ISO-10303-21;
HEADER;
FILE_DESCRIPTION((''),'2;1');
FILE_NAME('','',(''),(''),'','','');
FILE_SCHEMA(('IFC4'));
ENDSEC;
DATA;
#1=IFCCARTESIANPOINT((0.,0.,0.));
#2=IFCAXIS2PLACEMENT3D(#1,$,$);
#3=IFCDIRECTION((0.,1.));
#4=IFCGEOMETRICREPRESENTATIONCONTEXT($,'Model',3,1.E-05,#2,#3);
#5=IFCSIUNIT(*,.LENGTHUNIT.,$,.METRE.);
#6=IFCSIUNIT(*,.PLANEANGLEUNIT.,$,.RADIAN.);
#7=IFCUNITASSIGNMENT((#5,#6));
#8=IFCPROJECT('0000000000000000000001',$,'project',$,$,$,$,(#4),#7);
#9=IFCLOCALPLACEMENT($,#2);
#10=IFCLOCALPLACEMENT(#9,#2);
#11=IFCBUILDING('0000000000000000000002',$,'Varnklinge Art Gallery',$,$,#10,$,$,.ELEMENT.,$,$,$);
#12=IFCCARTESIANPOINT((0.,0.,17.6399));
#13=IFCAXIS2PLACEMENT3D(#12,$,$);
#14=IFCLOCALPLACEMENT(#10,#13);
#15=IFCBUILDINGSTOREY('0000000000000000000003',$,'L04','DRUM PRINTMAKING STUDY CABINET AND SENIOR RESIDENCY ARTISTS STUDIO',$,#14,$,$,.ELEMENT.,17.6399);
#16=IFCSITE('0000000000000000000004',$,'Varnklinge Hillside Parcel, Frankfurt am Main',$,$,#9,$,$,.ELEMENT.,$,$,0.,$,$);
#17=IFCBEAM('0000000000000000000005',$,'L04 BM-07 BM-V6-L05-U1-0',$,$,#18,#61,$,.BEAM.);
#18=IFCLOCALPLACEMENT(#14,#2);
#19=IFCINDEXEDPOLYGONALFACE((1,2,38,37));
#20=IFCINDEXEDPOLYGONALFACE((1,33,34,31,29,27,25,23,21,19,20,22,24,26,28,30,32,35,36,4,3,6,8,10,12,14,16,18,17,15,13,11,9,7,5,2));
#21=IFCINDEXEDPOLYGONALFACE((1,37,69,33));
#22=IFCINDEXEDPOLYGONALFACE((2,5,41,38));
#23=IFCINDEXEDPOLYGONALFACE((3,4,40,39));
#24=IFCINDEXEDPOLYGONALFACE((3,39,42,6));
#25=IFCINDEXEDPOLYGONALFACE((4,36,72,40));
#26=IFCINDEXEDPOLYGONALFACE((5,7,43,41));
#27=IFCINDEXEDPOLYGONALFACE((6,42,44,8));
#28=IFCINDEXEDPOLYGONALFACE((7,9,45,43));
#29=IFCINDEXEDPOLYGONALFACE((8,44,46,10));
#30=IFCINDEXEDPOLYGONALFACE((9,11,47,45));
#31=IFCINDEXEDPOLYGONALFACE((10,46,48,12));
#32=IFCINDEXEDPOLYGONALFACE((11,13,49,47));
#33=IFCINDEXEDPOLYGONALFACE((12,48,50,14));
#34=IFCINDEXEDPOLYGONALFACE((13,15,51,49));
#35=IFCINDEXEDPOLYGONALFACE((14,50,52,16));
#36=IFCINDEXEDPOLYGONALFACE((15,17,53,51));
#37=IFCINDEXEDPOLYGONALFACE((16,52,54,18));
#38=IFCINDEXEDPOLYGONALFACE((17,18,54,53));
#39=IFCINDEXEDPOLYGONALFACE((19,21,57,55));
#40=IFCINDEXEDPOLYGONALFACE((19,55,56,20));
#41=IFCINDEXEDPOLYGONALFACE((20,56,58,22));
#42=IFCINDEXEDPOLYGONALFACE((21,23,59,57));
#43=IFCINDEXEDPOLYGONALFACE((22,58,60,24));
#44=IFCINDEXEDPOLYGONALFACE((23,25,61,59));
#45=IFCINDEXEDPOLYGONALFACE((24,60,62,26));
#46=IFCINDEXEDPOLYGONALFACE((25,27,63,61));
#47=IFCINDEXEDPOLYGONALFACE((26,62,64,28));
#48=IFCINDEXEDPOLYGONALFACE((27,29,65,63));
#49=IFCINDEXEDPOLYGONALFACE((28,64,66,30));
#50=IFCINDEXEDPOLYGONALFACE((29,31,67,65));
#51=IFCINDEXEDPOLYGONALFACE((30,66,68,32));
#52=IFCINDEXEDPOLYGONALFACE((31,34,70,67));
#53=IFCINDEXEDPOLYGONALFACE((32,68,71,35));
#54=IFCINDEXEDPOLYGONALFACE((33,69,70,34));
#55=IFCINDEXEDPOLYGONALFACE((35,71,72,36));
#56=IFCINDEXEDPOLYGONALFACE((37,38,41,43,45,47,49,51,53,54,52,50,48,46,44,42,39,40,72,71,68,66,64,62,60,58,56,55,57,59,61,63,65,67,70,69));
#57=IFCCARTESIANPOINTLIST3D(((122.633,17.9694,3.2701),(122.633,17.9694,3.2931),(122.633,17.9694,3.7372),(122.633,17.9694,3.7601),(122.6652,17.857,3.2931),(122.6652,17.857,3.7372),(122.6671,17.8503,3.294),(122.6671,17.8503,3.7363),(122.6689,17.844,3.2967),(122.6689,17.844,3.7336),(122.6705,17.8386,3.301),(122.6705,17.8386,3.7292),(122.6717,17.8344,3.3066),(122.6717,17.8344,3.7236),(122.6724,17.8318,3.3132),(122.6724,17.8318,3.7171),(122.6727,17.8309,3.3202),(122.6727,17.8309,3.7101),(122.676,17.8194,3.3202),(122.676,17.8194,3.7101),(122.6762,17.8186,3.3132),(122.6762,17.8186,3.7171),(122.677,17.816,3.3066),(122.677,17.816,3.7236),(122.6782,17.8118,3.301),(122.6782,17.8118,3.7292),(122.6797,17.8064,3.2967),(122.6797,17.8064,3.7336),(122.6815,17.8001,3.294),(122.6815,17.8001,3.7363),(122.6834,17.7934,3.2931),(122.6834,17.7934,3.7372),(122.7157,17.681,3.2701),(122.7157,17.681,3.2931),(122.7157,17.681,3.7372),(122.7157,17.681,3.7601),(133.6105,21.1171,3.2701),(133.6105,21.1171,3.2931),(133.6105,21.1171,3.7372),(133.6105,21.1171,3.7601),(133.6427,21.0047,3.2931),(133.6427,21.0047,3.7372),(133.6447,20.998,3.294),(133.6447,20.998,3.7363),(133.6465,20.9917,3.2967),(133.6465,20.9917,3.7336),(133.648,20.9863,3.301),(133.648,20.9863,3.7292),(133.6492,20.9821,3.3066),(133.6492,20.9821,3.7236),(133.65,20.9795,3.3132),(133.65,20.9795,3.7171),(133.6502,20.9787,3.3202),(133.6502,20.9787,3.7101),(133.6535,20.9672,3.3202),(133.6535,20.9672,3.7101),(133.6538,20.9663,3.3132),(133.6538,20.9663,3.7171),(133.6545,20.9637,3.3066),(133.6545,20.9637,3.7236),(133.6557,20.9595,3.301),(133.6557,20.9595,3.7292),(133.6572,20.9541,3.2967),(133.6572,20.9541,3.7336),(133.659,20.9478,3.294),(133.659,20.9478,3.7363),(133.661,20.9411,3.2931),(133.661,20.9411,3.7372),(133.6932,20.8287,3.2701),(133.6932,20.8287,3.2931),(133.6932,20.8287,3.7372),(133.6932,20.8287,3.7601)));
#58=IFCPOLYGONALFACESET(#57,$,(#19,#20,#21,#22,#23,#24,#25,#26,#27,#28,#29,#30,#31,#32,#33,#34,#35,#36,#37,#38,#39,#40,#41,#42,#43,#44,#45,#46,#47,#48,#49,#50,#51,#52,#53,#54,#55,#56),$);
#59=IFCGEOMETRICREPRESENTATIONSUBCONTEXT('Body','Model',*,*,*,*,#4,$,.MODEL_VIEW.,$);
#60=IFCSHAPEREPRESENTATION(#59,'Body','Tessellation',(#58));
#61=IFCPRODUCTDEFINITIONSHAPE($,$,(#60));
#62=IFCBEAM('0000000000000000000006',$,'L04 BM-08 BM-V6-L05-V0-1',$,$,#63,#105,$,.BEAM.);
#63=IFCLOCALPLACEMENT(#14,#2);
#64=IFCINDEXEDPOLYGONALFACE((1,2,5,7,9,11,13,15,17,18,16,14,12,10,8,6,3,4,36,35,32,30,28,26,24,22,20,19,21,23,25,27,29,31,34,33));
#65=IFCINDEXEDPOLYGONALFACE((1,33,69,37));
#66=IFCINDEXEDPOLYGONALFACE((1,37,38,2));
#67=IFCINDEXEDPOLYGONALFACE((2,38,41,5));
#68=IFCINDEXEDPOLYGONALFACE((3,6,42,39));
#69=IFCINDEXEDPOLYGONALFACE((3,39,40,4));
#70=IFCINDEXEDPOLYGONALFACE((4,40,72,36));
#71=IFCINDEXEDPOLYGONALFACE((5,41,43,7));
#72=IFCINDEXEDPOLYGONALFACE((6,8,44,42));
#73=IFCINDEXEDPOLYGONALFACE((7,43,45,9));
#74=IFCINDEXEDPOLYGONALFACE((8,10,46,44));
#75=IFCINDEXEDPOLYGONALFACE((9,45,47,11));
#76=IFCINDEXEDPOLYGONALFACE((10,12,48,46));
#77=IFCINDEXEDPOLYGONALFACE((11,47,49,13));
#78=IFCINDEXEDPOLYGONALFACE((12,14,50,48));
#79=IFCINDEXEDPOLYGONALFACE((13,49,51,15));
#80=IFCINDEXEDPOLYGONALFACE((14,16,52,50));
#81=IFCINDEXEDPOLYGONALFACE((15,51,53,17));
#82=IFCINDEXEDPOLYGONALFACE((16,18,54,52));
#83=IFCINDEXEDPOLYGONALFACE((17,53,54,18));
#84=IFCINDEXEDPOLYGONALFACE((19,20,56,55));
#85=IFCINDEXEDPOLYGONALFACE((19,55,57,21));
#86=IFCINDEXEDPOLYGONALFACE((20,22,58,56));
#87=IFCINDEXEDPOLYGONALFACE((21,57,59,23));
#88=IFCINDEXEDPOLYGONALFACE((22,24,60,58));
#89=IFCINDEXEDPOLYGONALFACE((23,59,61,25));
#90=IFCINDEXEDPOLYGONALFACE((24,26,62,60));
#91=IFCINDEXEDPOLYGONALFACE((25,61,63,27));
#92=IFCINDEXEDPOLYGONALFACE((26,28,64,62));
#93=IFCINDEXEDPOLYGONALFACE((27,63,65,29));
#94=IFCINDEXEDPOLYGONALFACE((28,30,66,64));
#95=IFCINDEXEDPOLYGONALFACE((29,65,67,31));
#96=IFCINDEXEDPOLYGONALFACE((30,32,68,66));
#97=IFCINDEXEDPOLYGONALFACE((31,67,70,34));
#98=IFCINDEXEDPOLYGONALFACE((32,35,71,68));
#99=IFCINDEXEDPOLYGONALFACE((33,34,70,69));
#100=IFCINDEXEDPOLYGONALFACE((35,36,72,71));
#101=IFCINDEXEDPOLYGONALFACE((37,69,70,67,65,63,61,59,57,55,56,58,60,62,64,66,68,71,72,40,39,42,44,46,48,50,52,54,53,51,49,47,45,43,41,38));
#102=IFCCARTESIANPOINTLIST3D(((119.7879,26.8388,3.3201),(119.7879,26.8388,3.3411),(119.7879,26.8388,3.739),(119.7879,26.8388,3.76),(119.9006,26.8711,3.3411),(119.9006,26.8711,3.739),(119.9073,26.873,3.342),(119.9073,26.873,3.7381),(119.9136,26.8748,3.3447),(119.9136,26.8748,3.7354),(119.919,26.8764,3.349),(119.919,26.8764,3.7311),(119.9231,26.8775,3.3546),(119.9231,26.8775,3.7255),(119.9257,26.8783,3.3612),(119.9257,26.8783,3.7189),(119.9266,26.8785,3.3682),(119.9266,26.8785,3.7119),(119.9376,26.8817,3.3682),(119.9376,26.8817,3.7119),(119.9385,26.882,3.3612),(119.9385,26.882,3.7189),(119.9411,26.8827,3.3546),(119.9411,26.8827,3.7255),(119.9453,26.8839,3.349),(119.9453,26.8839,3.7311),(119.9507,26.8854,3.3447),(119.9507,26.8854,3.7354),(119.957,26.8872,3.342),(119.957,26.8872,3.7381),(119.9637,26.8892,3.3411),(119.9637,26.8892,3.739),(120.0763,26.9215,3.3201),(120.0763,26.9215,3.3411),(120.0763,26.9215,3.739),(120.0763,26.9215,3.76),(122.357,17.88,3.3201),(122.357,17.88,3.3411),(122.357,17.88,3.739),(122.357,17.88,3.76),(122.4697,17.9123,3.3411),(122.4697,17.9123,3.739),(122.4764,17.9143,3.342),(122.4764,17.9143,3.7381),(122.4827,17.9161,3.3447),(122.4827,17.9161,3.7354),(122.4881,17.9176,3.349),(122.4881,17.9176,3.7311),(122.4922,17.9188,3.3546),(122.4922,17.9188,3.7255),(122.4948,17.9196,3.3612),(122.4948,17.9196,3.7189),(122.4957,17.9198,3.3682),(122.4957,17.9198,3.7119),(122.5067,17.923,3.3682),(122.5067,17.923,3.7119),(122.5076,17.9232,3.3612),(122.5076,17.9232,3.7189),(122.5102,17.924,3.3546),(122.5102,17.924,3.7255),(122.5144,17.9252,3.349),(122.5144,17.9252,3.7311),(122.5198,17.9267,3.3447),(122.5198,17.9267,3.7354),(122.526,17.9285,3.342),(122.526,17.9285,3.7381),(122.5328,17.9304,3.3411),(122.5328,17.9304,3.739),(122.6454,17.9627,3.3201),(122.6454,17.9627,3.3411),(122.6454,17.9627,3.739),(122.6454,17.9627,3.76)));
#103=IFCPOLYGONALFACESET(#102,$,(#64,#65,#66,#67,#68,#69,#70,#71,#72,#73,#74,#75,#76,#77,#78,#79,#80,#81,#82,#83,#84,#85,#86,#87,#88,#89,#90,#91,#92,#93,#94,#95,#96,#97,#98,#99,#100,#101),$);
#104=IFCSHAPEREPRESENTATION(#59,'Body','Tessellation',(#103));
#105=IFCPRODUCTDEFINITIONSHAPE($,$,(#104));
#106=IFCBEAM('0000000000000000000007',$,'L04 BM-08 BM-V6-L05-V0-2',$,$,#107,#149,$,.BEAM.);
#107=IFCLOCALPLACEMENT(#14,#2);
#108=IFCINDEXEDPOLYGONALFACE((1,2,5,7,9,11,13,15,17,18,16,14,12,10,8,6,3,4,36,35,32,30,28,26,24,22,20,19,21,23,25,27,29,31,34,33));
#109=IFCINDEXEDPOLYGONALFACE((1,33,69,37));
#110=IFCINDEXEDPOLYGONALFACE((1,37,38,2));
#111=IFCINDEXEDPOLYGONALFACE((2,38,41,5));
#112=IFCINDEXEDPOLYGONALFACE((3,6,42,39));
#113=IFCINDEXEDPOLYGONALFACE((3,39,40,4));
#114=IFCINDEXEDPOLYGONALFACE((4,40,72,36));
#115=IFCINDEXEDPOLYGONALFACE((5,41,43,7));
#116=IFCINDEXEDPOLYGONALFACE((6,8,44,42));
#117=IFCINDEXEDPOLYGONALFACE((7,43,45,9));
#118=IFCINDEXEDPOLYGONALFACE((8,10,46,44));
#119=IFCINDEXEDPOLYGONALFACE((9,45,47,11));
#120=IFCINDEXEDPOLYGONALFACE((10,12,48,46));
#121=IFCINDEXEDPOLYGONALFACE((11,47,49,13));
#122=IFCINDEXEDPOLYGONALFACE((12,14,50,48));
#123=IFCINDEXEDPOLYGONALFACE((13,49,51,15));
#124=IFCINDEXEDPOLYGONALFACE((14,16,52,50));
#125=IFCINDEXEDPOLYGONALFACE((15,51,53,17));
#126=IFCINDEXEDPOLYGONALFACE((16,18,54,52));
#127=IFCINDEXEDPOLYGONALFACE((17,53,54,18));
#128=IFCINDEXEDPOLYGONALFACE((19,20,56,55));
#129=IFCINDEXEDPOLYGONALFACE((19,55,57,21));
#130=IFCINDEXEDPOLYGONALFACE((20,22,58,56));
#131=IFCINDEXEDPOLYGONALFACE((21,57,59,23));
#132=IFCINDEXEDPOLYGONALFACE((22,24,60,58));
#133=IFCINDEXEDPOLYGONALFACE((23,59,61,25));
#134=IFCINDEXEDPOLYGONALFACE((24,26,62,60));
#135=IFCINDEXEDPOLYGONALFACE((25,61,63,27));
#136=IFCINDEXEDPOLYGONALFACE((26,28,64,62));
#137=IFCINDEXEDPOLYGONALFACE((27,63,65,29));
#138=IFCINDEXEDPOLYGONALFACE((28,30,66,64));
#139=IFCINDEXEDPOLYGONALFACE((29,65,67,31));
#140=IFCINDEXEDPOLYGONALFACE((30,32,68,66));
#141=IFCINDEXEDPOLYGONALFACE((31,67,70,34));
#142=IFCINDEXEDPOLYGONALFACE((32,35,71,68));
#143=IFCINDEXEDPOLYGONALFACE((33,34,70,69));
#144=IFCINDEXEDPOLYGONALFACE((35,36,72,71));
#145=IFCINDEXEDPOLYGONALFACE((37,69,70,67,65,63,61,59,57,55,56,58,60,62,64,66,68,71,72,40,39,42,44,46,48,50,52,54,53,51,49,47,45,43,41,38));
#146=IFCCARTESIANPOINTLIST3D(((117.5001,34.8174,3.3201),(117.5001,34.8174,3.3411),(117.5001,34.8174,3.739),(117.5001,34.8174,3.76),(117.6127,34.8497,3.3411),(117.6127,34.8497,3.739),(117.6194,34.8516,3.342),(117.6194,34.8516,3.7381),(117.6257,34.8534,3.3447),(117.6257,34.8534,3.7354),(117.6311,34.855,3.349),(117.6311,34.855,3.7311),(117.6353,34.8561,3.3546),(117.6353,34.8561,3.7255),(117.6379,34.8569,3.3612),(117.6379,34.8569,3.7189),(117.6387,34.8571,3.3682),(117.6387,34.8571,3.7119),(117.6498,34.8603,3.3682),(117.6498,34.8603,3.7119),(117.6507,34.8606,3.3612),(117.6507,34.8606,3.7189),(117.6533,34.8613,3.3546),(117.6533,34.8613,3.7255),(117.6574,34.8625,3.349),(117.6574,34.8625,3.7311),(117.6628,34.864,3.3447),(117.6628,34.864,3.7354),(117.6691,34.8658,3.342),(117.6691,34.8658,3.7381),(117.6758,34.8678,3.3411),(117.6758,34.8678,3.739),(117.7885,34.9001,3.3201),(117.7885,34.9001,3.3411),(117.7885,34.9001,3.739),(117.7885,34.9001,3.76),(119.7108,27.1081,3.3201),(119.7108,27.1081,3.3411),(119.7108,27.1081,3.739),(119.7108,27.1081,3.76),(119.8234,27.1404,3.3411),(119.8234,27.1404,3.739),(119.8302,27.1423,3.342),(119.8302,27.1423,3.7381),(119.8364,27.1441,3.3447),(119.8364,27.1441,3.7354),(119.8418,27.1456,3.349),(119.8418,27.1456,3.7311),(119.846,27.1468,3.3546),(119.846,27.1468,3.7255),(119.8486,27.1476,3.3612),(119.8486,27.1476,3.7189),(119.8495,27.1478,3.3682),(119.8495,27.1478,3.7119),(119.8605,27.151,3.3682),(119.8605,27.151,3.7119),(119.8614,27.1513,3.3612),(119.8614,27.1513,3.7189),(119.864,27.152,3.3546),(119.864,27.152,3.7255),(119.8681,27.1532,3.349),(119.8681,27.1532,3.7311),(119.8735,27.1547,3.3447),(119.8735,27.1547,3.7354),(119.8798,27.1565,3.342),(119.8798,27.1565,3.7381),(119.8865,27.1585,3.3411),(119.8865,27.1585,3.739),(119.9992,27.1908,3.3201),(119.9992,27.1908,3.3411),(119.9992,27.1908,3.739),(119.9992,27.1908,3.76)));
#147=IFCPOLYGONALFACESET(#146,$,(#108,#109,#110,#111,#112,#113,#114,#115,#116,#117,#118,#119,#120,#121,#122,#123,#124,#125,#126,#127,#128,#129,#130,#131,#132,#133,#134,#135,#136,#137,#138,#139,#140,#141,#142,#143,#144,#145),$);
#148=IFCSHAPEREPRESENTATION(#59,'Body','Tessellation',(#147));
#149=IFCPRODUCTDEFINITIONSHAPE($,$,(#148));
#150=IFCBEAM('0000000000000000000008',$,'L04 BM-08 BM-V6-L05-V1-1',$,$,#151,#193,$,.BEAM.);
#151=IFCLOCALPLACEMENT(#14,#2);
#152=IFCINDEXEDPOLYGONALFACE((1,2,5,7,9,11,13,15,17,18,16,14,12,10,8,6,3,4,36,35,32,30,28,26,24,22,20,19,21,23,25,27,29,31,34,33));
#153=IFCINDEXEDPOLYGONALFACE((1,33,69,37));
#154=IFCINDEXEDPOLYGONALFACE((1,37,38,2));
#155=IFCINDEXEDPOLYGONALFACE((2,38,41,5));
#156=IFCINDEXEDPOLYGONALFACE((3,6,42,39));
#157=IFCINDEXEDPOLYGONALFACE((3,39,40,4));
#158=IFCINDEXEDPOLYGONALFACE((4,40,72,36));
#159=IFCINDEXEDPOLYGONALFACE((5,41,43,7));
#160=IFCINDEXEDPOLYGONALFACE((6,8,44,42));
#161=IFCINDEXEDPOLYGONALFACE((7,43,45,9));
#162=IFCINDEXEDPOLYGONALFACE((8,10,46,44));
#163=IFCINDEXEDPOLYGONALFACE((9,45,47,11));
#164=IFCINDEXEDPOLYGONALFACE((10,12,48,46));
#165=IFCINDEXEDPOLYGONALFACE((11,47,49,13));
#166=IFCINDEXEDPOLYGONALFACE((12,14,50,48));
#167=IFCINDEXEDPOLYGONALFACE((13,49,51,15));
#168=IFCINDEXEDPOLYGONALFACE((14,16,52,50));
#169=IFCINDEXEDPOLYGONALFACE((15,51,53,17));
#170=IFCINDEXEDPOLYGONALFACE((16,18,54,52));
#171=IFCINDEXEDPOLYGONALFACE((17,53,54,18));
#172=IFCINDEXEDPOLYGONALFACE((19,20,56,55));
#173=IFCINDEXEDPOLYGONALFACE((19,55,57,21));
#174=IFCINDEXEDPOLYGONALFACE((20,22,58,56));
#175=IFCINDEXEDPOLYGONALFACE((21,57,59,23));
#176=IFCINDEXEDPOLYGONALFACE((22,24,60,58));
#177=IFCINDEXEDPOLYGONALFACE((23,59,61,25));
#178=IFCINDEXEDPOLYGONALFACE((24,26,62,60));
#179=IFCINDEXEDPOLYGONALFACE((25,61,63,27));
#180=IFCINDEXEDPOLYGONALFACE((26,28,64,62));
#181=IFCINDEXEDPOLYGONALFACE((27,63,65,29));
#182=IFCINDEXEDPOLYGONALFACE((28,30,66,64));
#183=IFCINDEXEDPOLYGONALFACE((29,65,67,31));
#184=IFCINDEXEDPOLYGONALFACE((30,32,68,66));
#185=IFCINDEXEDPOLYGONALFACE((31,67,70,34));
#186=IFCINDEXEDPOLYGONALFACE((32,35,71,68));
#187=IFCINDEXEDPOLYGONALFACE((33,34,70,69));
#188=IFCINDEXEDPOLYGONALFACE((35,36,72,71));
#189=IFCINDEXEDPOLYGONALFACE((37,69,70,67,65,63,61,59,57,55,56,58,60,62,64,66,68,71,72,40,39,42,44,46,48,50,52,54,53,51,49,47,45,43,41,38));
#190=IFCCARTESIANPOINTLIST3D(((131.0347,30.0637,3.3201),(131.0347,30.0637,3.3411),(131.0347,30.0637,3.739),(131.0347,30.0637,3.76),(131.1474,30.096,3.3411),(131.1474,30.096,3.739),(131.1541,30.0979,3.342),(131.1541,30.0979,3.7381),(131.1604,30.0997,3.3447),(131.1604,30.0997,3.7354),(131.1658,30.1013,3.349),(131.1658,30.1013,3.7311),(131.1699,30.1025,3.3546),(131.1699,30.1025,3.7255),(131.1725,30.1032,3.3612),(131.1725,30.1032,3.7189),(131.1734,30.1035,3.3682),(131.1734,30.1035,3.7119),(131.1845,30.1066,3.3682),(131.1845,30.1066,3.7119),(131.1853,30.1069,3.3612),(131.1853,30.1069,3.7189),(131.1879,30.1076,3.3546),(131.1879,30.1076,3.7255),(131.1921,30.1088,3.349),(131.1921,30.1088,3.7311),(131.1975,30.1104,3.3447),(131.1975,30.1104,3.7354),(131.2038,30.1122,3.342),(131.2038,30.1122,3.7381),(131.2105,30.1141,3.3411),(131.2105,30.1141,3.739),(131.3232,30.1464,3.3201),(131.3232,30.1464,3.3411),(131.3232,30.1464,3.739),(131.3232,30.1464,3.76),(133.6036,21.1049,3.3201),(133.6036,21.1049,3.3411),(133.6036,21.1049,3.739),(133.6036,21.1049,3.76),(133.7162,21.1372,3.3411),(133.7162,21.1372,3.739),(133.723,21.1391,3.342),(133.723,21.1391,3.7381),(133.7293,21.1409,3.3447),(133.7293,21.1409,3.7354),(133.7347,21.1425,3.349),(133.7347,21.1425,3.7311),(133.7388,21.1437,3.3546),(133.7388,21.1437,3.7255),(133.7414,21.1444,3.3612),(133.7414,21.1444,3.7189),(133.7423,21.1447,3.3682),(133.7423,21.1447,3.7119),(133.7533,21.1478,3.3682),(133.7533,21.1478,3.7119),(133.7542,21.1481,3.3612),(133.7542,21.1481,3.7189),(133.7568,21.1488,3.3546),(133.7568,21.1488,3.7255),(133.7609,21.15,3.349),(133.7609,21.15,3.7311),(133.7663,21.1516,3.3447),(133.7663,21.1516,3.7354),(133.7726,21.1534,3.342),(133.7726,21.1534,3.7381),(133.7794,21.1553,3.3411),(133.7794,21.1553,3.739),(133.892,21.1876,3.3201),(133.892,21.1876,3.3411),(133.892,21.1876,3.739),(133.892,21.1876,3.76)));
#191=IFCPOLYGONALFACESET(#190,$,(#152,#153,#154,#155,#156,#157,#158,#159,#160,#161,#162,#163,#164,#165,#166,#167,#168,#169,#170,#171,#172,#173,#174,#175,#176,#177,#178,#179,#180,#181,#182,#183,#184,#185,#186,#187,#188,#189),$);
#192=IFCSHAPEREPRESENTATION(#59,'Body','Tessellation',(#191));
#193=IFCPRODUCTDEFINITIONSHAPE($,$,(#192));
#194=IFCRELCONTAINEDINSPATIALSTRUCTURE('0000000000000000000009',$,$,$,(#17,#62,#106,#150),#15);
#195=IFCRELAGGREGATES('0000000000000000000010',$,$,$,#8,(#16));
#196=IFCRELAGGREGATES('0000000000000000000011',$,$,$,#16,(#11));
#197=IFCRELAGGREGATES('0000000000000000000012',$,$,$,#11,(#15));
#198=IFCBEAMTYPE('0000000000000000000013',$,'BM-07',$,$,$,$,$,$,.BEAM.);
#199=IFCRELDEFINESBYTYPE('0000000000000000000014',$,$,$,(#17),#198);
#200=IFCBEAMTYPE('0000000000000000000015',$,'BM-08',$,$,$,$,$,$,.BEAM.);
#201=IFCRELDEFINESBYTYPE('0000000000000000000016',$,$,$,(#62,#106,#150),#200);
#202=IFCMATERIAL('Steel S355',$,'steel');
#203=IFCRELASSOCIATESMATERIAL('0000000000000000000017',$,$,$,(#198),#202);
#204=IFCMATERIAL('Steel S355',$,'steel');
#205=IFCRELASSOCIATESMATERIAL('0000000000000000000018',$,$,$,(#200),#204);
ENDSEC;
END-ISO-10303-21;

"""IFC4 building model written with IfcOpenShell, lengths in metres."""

from ifc_helpers import new_model, si_unit, direction, frame, origin, origin_2d, place, context, subcontext, project, spatial, i_section, extrude, material, material_profile, profile_set, type_object, element, save


model = new_model("IFC4")

# Units and contexts
model_context = context("Model", 3, precision=1e-05, world=origin(), true_north=direction((0.0, 1.0)))
body_context = subcontext(model_context, "Body", "Model", "MODEL_VIEW")
ifc_project = project(units=[si_unit("LENGTHUNIT", "METRE"), si_unit("PLANEANGLEUNIT", "RADIAN")], contexts=[model_context])

# Site, building, storey
site_placement = place(None, origin())
site = spatial("IfcSite", under=ifc_project, at=site_placement, Name="Varnklinge Hillside Parcel, Frankfurt am Main", CompositionType="ELEMENT", RefElevation=0.0)
building_placement = place(site_placement, origin())
building = spatial("IfcBuilding", under=site, at=building_placement, Name="Varnklinge Art Gallery", CompositionType="ELEMENT")
storey_placement = place(building_placement, frame((0.0, 0.0, 17.6399)))
storey = spatial("IfcBuildingStorey", under=building, at=storey_placement, Name="L04", Description="DRUM PRINTMAKING STUDY CABINET AND SENIOR RESIDENCY ARTISTS STUDIO", CompositionType="ELEMENT", Elevation=17.6399)

# Beams
ifc_material_1 = material(Name="Steel S355", Category="steel")
ifc_material_profile_1 = material_profile(ifc_material_1, i_section(OverallWidth=0.3, OverallDepth=0.49, WebThickness=0.012, FlangeThickness=0.0229, FilletRadius=0.0271, at=origin_2d()), Name="HEA 500")
ifc_profile_set_1 = profile_set([ifc_material_profile_1], Name="Steel S355")
beam_type_1 = type_object("IfcBeamType", Name="BM-07", PredefinedType="BEAM", material=ifc_profile_set_1)
beam_1_placement = place(storey_placement, frame((122.6743, 17.8252, 3.5151), z_axis=(0.961263, 0.275633, 0.0), x_axis=(-0.275633, 0.961263, 0.0)))
element("IfcBeam", 1, at=beam_1_placement, inside=storey, type_object=beam_type_1, Name="L04 BM-07 BM-V6-L05-U1-0", PredefinedType="BEAM", context=body_context, shape_type="SweptSolid", body=[
    extrude(i_section(OverallWidth=0.3, OverallDepth=0.49, WebThickness=0.012, FlangeThickness=0.0229, FilletRadius=0.0271, at=origin_2d()), origin(), (0.0, 0.0, 1.0), 11.4199),
])
ifc_material_2 = material(Name="Steel S355", Category="steel")
ifc_material_profile_2 = material_profile(ifc_material_2, i_section(OverallWidth=0.3, OverallDepth=0.4399, WebThickness=0.0115, FlangeThickness=0.021, FilletRadius=0.0271, at=origin_2d()), Name="HEA 450")
ifc_profile_set_2 = profile_set([ifc_material_profile_2], Name="Steel S355")
beam_type_2 = type_object("IfcBeamType", Name="BM-08", PredefinedType="BEAM", material=ifc_profile_set_2)
beam_2_placement = place(storey_placement, frame((122.5012, 17.9214, 3.54), z_axis=(-0.275659, 0.961256, 0.0), x_axis=(-0.961256, -0.275659, 0.0)))
element("IfcBeam", 2, at=beam_2_placement, inside=storey, type_object=beam_type_2, Name="L04 BM-08 BM-V6-L05-V0-1", PredefinedType="BEAM", context=body_context, shape_type="SweptSolid", body=[
    extrude(i_section(OverallWidth=0.3, OverallDepth=0.4399, WebThickness=0.0115, FlangeThickness=0.021, FilletRadius=0.0271, at=origin_2d()), origin(), (0.0, 0.0, 1.0), 9.3198),
])
beam_3_placement = place(storey_placement, frame((119.855, 27.1494, 3.54), z_axis=(-0.27565, 0.961258, 0.0), x_axis=(-0.961258, -0.27565, 0.0)))
element("IfcBeam", 3, at=beam_3_placement, inside=storey, type_object=beam_type_2, Name="L04 BM-08 BM-V6-L05-V0-2", PredefinedType="BEAM", context=body_context, shape_type="SweptSolid", body=[
    extrude(i_section(OverallWidth=0.3, OverallDepth=0.4399, WebThickness=0.0115, FlangeThickness=0.021, FilletRadius=0.0271, at=origin_2d()), origin(), (0.0, 0.0, 1.0), 8.02),
])
beam_4_placement = place(storey_placement, frame((133.7478, 21.1462, 3.54), z_axis=(-0.275634, 0.961263, 0.0), x_axis=(-0.961263, -0.275634, 0.0)))
element("IfcBeam", 4, at=beam_4_placement, inside=storey, type_object=beam_type_2, Name="L04 BM-08 BM-V6-L05-V1-1", PredefinedType="BEAM", context=body_context, shape_type="SweptSolid", body=[
    extrude(i_section(OverallWidth=0.3, OverallDepth=0.4399, WebThickness=0.0115, FlangeThickness=0.021, FilletRadius=0.0271, at=origin_2d()), origin(), (0.0, 0.0, 1.0), 9.3198),
])

save(model, "model.ifc")
